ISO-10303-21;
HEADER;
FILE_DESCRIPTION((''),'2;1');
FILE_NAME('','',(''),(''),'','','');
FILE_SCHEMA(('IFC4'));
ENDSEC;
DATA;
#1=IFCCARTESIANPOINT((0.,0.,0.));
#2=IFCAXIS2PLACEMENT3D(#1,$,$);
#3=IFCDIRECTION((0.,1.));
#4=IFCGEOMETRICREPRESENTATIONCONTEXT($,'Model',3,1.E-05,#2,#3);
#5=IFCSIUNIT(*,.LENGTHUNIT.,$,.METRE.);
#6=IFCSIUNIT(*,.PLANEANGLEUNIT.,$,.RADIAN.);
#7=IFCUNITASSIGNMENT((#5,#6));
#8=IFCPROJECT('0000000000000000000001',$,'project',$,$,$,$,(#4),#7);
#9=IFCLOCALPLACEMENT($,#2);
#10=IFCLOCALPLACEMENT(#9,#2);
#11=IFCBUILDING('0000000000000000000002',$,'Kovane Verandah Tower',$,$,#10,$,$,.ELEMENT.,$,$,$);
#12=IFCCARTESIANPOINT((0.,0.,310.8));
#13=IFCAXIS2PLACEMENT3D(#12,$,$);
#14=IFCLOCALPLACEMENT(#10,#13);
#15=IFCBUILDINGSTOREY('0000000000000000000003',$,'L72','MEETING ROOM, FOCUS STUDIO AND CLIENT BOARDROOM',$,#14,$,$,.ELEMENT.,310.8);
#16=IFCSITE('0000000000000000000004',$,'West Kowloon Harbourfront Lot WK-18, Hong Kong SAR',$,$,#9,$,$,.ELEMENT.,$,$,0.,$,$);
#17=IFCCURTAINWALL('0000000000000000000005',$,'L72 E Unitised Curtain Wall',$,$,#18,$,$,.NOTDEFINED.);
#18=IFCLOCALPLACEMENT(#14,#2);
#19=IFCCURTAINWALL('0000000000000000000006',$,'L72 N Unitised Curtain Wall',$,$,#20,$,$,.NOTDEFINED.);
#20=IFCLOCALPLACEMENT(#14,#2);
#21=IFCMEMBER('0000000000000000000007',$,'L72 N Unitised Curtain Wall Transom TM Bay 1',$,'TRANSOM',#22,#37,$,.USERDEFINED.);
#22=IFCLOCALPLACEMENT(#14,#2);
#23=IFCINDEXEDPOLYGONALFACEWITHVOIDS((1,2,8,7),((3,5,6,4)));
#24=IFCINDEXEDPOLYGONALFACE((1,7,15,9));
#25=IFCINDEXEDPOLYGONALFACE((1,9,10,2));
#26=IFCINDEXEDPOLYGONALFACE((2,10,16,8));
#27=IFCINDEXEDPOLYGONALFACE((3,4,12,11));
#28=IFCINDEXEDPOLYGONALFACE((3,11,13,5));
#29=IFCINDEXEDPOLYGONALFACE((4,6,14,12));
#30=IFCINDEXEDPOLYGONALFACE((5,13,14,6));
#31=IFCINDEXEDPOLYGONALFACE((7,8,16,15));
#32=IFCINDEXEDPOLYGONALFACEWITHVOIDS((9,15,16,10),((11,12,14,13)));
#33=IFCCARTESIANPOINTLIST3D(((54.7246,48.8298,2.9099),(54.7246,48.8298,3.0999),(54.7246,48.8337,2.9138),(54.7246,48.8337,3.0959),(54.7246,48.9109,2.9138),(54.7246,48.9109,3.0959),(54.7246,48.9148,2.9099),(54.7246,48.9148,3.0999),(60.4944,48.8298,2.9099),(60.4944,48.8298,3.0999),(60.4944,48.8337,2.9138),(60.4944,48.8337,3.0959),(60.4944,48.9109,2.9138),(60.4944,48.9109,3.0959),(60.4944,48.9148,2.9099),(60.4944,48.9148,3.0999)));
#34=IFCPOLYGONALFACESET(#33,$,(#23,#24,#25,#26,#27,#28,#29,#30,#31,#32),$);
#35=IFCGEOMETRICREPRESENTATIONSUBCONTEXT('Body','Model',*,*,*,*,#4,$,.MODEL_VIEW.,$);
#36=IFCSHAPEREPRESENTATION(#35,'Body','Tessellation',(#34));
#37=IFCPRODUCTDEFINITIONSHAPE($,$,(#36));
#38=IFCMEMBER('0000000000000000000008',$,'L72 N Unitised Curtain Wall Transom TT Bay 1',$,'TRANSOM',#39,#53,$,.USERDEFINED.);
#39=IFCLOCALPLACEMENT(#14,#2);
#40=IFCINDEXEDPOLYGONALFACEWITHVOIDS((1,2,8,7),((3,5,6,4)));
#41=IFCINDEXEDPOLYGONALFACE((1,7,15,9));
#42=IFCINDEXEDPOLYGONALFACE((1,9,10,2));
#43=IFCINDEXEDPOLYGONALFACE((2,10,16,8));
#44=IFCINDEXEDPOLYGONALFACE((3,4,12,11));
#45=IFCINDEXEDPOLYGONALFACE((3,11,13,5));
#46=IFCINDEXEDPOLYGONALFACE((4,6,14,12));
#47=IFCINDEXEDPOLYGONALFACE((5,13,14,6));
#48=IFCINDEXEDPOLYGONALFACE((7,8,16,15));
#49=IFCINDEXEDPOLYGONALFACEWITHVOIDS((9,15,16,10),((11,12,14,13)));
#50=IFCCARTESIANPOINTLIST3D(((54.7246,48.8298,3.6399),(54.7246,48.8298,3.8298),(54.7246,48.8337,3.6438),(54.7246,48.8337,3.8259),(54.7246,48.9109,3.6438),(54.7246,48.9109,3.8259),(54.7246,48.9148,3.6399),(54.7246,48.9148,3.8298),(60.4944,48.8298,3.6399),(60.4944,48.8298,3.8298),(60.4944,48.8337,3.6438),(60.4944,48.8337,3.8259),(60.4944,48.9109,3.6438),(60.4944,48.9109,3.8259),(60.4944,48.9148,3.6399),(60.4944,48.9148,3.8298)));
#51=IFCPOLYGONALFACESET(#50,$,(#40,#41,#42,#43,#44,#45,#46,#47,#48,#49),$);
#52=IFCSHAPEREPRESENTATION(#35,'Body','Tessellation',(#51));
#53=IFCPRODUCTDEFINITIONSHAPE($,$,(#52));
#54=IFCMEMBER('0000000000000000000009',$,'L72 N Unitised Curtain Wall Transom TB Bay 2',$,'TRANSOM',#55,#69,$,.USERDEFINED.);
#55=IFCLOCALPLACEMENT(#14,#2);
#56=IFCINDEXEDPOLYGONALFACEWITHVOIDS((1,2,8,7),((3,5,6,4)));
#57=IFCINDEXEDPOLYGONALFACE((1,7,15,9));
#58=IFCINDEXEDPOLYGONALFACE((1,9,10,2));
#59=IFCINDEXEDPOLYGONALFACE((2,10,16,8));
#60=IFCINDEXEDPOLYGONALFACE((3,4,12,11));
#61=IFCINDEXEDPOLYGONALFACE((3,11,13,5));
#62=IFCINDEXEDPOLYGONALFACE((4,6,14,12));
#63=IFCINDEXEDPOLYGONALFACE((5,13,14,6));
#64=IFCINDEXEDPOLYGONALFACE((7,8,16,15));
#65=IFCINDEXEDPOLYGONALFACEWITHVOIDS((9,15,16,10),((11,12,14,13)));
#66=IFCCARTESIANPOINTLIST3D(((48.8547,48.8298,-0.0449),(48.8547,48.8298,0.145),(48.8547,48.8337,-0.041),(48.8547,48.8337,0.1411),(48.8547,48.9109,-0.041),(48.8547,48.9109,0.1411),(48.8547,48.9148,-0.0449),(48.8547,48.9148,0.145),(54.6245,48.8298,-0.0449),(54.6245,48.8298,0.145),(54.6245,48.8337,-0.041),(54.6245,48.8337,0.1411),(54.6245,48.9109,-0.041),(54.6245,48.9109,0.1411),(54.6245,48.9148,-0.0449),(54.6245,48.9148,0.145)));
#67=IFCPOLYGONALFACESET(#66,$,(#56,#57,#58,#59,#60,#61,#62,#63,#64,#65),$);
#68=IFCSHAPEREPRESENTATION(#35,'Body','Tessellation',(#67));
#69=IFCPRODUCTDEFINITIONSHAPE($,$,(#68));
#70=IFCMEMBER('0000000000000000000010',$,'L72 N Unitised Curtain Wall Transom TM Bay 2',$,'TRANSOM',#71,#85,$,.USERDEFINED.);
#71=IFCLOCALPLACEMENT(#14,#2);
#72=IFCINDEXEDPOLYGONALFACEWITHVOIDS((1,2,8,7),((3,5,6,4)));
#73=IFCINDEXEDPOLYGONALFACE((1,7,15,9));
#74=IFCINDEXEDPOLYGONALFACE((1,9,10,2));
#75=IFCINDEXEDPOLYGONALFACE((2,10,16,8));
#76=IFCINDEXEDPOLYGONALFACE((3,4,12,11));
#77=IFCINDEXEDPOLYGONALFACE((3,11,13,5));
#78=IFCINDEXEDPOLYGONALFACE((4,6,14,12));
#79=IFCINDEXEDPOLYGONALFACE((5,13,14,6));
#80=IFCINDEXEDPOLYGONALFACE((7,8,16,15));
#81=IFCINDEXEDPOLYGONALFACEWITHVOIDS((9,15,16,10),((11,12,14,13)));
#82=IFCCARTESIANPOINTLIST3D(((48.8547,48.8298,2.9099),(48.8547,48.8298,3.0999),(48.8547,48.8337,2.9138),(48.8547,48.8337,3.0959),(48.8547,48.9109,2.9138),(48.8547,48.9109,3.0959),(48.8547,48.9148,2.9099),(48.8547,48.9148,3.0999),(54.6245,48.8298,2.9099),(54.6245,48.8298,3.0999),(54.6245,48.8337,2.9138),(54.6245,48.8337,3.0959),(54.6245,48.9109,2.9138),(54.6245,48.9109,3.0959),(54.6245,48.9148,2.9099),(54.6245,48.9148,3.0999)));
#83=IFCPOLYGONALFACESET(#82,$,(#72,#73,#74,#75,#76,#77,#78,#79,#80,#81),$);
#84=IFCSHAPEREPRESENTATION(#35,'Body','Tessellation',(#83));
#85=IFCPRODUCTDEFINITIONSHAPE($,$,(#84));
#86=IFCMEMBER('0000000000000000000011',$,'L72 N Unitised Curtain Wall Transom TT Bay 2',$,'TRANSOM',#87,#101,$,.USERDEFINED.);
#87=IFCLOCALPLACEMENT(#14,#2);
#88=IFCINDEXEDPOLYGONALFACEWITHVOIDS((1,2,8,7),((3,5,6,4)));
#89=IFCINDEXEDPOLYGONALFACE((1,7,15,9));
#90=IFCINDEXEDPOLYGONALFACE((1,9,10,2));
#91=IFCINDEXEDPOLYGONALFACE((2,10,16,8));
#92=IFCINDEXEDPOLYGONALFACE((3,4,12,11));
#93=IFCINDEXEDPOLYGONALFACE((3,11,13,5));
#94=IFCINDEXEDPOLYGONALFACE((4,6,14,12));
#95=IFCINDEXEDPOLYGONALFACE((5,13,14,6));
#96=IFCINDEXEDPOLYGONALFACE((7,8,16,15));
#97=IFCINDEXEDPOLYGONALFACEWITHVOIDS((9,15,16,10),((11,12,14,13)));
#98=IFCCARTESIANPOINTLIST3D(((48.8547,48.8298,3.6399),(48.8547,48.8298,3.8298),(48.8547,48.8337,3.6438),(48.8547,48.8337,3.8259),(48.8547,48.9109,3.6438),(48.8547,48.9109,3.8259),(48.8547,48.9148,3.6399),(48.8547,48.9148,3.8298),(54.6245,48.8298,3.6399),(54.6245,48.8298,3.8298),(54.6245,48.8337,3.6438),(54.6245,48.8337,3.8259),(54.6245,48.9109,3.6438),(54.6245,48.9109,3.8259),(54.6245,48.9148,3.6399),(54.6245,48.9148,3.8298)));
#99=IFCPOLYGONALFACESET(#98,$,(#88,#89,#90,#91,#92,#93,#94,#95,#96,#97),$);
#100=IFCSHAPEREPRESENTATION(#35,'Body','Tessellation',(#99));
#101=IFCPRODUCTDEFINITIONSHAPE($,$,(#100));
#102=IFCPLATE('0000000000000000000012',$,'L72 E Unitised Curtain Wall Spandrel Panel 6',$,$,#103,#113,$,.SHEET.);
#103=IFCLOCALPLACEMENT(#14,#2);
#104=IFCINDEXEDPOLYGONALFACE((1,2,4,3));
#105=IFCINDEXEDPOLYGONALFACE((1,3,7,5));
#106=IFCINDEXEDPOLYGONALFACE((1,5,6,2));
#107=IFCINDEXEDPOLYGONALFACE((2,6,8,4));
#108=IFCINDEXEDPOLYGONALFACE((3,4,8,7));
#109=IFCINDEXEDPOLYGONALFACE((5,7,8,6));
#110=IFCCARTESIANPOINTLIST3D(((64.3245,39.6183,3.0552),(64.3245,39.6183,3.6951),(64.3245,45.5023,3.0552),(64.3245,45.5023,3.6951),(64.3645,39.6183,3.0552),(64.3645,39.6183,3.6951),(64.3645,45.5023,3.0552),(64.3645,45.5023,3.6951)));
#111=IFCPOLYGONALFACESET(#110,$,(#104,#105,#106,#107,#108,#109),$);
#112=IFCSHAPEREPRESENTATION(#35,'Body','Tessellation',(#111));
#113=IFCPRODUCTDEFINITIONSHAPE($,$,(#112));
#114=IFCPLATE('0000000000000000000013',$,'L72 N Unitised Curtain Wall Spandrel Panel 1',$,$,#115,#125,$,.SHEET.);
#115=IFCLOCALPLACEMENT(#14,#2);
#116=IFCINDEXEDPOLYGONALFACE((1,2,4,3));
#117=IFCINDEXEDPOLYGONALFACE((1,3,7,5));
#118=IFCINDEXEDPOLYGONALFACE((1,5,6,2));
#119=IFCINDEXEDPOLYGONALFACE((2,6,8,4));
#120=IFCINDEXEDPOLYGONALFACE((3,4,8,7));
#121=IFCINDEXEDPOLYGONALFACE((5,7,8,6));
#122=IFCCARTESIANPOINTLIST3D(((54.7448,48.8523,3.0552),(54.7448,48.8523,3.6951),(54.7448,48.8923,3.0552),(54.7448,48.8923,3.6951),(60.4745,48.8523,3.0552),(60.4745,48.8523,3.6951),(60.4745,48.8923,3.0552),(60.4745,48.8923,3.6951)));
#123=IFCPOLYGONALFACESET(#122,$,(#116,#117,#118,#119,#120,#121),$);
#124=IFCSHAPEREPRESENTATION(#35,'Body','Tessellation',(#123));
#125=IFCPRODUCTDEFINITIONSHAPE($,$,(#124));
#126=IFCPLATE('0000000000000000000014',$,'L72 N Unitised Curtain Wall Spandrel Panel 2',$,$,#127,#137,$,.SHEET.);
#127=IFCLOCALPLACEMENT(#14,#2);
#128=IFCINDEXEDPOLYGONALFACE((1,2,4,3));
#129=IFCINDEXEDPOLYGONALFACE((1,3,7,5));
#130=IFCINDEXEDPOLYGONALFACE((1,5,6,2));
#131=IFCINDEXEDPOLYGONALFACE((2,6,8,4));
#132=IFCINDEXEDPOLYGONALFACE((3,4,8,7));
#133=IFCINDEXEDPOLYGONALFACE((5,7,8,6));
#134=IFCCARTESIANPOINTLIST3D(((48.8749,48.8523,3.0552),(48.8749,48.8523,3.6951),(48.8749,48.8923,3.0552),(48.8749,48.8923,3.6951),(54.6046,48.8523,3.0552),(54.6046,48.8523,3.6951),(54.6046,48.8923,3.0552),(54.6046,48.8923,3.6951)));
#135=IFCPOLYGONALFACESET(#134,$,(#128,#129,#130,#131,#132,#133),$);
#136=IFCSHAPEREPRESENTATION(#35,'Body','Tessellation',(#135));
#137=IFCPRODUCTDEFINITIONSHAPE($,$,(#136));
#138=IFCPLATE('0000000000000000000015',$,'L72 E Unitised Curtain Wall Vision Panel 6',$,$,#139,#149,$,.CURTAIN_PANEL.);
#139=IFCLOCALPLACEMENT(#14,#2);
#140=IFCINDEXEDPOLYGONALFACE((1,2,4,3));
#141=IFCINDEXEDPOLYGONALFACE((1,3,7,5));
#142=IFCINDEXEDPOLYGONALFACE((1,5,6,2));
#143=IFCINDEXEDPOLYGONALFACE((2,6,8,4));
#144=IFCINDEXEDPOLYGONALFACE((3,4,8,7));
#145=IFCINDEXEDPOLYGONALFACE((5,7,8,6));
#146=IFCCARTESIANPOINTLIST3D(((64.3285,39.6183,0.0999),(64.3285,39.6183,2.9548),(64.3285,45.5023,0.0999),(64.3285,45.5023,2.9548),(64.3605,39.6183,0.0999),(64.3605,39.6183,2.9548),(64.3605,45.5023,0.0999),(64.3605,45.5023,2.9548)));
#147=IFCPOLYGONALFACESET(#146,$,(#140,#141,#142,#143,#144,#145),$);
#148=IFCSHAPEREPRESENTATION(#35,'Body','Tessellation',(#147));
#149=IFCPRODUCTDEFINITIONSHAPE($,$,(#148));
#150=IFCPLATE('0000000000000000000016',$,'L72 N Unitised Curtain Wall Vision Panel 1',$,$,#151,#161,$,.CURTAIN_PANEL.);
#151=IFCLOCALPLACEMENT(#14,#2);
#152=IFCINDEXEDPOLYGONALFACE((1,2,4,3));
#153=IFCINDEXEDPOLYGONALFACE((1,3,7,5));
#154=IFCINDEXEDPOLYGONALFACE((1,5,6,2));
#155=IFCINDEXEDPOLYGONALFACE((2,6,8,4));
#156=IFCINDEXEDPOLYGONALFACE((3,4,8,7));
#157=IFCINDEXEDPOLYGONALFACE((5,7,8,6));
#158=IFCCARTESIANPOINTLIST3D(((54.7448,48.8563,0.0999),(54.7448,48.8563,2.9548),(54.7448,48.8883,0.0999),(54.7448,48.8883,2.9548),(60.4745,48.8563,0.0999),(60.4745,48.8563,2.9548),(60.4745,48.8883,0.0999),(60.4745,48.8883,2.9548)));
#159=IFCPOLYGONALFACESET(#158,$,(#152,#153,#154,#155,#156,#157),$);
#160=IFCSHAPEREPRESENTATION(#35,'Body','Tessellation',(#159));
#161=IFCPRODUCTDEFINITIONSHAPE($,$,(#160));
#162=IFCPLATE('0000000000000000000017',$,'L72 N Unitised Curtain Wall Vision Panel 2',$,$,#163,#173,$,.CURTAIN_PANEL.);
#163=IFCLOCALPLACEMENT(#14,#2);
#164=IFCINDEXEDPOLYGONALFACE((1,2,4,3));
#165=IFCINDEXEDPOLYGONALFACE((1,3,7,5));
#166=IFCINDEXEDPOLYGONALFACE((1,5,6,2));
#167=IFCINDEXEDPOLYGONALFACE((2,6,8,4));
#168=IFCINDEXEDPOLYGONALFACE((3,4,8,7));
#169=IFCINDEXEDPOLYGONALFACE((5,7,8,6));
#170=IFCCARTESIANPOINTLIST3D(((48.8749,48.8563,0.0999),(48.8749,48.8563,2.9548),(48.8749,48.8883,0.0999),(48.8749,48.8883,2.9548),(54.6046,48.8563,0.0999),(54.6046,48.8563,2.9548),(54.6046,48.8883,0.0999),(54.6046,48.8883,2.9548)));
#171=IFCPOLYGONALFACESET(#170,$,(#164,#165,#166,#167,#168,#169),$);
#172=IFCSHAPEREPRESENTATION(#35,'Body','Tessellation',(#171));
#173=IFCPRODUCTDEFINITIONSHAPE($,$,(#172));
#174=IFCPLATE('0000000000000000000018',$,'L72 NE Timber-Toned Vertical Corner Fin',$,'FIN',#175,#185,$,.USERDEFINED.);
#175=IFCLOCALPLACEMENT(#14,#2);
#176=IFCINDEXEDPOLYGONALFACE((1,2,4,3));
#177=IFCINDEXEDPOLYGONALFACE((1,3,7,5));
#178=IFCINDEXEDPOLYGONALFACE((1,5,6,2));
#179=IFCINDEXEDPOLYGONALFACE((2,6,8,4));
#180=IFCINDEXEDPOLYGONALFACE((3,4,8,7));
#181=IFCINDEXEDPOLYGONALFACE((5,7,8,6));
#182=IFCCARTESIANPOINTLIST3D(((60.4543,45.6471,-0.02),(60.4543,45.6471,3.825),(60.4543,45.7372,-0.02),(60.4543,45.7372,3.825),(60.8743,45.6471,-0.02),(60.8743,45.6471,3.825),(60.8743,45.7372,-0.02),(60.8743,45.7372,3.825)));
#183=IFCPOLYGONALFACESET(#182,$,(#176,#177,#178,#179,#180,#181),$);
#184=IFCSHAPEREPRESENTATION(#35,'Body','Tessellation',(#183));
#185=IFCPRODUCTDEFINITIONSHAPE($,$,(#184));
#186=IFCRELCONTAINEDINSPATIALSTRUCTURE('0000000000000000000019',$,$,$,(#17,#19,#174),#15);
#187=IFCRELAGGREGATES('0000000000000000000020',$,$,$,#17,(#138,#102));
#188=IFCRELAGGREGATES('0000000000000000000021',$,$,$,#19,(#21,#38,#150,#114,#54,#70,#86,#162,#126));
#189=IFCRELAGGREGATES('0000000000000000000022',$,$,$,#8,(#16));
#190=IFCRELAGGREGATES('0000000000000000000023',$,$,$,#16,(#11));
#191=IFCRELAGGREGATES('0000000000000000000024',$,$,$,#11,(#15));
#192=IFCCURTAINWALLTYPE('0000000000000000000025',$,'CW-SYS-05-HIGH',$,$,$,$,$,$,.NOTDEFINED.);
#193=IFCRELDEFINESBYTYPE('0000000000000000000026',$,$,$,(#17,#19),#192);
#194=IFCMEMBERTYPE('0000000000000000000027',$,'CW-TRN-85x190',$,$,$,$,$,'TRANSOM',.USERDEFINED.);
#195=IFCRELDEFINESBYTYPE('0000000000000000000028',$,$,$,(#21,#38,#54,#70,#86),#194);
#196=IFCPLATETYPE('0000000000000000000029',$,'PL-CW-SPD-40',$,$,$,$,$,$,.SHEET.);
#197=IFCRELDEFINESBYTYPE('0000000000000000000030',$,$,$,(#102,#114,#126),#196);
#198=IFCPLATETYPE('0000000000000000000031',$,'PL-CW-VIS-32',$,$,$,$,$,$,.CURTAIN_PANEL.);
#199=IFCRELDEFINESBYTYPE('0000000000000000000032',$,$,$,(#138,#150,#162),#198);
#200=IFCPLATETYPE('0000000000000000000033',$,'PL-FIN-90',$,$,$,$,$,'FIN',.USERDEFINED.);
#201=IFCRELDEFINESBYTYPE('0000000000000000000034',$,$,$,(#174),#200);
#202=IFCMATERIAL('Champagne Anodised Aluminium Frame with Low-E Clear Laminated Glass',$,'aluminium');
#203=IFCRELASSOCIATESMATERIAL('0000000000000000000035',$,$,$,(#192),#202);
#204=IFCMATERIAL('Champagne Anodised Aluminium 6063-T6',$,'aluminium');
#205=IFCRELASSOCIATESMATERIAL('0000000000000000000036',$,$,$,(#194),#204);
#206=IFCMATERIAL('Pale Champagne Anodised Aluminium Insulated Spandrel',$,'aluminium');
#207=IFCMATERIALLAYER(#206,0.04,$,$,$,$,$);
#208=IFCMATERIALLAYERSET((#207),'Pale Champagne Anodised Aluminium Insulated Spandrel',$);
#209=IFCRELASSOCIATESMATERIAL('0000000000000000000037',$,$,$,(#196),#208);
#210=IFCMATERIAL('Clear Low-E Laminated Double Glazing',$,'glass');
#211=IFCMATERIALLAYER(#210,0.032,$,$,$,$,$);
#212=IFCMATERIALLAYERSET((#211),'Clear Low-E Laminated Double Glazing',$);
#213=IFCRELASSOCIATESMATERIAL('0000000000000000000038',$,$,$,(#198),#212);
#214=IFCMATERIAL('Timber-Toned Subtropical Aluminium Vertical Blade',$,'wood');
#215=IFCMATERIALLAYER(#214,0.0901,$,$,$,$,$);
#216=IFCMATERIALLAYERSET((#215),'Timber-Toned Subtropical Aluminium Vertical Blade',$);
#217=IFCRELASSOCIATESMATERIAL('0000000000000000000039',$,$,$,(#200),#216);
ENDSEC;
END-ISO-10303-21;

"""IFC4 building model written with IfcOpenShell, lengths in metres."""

from ifc_helpers import new_model, si_unit, direction, frame, origin, origin_2d, place, context, subcontext, project, spatial, rectangle, hollow_rectangle, extrude, material, layer, layer_set, material_profile, profile_set, type_object, element, aggregate, save


model = new_model("IFC4")

# Units and contexts
model_context = context("Model", 3, precision=1e-05, world=origin(), true_north=direction((0.0, 1.0)))
body_context = subcontext(model_context, "Body", "Model", "MODEL_VIEW")
ifc_project = project(units=[si_unit("LENGTHUNIT", "METRE"), si_unit("PLANEANGLEUNIT", "RADIAN")], contexts=[model_context])

# Site, building, storey
site_placement = place(None, origin())
site = spatial("IfcSite", under=ifc_project, at=site_placement, Name="West Kowloon Harbourfront Lot WK-18, Hong Kong SAR", CompositionType="ELEMENT", RefElevation=0.0)
building_placement = place(site_placement, origin())
building = spatial("IfcBuilding", under=site, at=building_placement, Name="Kovane Verandah Tower", CompositionType="ELEMENT")
storey_placement = place(building_placement, frame((0.0, 0.0, 310.8)))
storey = spatial("IfcBuildingStorey", under=building, at=storey_placement, Name="L72", Description="MEETING ROOM, FOCUS STUDIO AND CLIENT BOARDROOM", CompositionType="ELEMENT", Elevation=310.8)

# Curtain wall
ifc_material_1 = material(Name="Champagne Anodised Aluminium Frame with Low-E Clear Laminated Glass", Category="aluminium")
curtain_wall_type = type_object("IfcCurtainWallType", Name="CW-SYS-05-HIGH", PredefinedType="NOTDEFINED", material=ifc_material_1)
curtain_wall_1_placement = place(storey_placement, origin())
curtain_wall_1 = element("IfcCurtainWall", 1, at=curtain_wall_1_placement, inside=storey, type_object=curtain_wall_type, Name="L72 E Unitised Curtain Wall", PredefinedType="NOTDEFINED")
ifc_material_2 = material(Name="Champagne Anodised Aluminium 6063-T6", Category="aluminium")

# Curtain wall, members
curtain_wall_2_placement = place(storey_placement, origin())
curtain_wall_2 = element("IfcCurtainWall", 2, at=curtain_wall_2_placement, inside=storey, type_object=curtain_wall_type, Name="L72 N Unitised Curtain Wall", PredefinedType="NOTDEFINED")
ifc_material_profile_1 = material_profile(ifc_material_2, hollow_rectangle(XDim=0.085, YDim=0.1899, WallThickness=0.0039, at=origin_2d()), Name="AL85x190x4")
ifc_profile_set_1 = profile_set([ifc_material_profile_1], Name="Champagne Anodised Aluminium 6063-T6")
member_type_1 = type_object("IfcMemberType", Name="CW-TRN-85x190", ElementType="TRANSOM", PredefinedType="USERDEFINED", material=ifc_profile_set_1)
member_1_placement = place(storey_placement, frame((60.4944, 48.8723, 3.0049), z_axis=(-1.0, 0.0, 0.0), x_axis=(0.0, -1.0, 0.0)))
member_1 = element("IfcMember", 3, at=member_1_placement, type_object=member_type_1, Name="L72 N Unitised Curtain Wall Transom TM Bay 1", ObjectType="TRANSOM", PredefinedType="USERDEFINED", context=body_context, shape_type="SweptSolid", body=[
    extrude(hollow_rectangle(XDim=0.085, YDim=0.1899, WallThickness=0.0039, at=origin_2d()), origin(), (0.0, 0.0, 1.0), 5.7698),
])
member_2_placement = place(storey_placement, frame((60.4944, 48.8723, 3.7349), z_axis=(-1.0, 0.0, 0.0), x_axis=(0.0, -1.0, 0.0)))
member_2 = element("IfcMember", 4, at=member_2_placement, type_object=member_type_1, Name="L72 N Unitised Curtain Wall Transom TT Bay 1", ObjectType="TRANSOM", PredefinedType="USERDEFINED", context=body_context, shape_type="SweptSolid", body=[
    extrude(hollow_rectangle(XDim=0.085, YDim=0.1899, WallThickness=0.0039, at=origin_2d()), origin(), (0.0, 0.0, 1.0), 5.7698),
])
member_3_placement = place(storey_placement, frame((54.6245, 48.8723, 0.05), z_axis=(-1.0, 0.0, 0.0), x_axis=(0.0, -1.0, 0.0)))
member_3 = element("IfcMember", 5, at=member_3_placement, type_object=member_type_1, Name="L72 N Unitised Curtain Wall Transom TB Bay 2", ObjectType="TRANSOM", PredefinedType="USERDEFINED", context=body_context, shape_type="SweptSolid", body=[
    extrude(hollow_rectangle(XDim=0.085, YDim=0.1899, WallThickness=0.0039, at=origin_2d()), origin(), (0.0, 0.0, 1.0), 5.7698),
])
member_4_placement = place(storey_placement, frame((54.6245, 48.8723, 3.0049), z_axis=(-1.0, 0.0, 0.0), x_axis=(0.0, -1.0, 0.0)))
member_4 = element("IfcMember", 6, at=member_4_placement, type_object=member_type_1, Name="L72 N Unitised Curtain Wall Transom TM Bay 2", ObjectType="TRANSOM", PredefinedType="USERDEFINED", context=body_context, shape_type="SweptSolid", body=[
    extrude(hollow_rectangle(XDim=0.085, YDim=0.1899, WallThickness=0.0039, at=origin_2d()), origin(), (0.0, 0.0, 1.0), 5.7698),
])
member_5_placement = place(storey_placement, frame((54.6245, 48.8723, 3.7349), z_axis=(-1.0, 0.0, 0.0), x_axis=(0.0, -1.0, 0.0)))
member_5 = element("IfcMember", 7, at=member_5_placement, type_object=member_type_1, Name="L72 N Unitised Curtain Wall Transom TT Bay 2", ObjectType="TRANSOM", PredefinedType="USERDEFINED", context=body_context, shape_type="SweptSolid", body=[
    extrude(hollow_rectangle(XDim=0.085, YDim=0.1899, WallThickness=0.0039, at=origin_2d()), origin(), (0.0, 0.0, 1.0), 5.7698),
])

# Plates
ifc_material_3 = material(Name="Pale Champagne Anodised Aluminium Insulated Spandrel", Category="aluminium")
ifc_layer_1 = layer(ifc_material_3, 0.04)
ifc_layer_set_1 = layer_set([ifc_layer_1], Name="Pale Champagne Anodised Aluminium Insulated Spandrel")
plate_type_1 = type_object("IfcPlateType", Name="PL-CW-SPD-40", PredefinedType="SHEET", material=ifc_layer_set_1)
plate_1_placement = place(storey_placement, frame((64.3445, 42.5603, 3.0552), z_axis=(0.0, 0.0, 1.0), x_axis=(0.0, 1.0, 0.0)))
plate_1 = element("IfcPlate", 8, at=plate_1_placement, type_object=plate_type_1, Name="L72 E Unitised Curtain Wall Spandrel Panel 6", PredefinedType="SHEET", context=body_context, shape_type="SweptSolid", body=[
    extrude(rectangle(XDim=5.884, YDim=0.04, at=origin_2d()), origin(), (0.0, 0.0, 1.0), 0.6399),
])
plate_2_placement = place(storey_placement, frame((57.6096, 48.8723, 3.0552), z_axis=(0.0, 0.0, 1.0), x_axis=(-1.0, 0.0, 0.0)))
plate_2 = element("IfcPlate", 9, at=plate_2_placement, type_object=plate_type_1, Name="L72 N Unitised Curtain Wall Spandrel Panel 1", PredefinedType="SHEET", context=body_context, shape_type="SweptSolid", body=[
    extrude(rectangle(XDim=5.7297, YDim=0.04, at=origin_2d()), origin(), (0.0, 0.0, 1.0), 0.6399),
])
plate_3_placement = place(storey_placement, frame((51.7397, 48.8723, 3.0552), z_axis=(0.0, 0.0, 1.0), x_axis=(-1.0, 0.0, 0.0)))
plate_3 = element("IfcPlate", 10, at=plate_3_placement, type_object=plate_type_1, Name="L72 N Unitised Curtain Wall Spandrel Panel 2", PredefinedType="SHEET", context=body_context, shape_type="SweptSolid", body=[
    extrude(rectangle(XDim=5.7297, YDim=0.04, at=origin_2d()), origin(), (0.0, 0.0, 1.0), 0.6399),
])
ifc_material_4 = material(Name="Clear Low-E Laminated Double Glazing", Category="glass")
ifc_layer_2 = layer(ifc_material_4, 0.032)
ifc_layer_set_2 = layer_set([ifc_layer_2], Name="Clear Low-E Laminated Double Glazing")
plate_type_2 = type_object("IfcPlateType", Name="PL-CW-VIS-32", PredefinedType="CURTAIN_PANEL", material=ifc_layer_set_2)
plate_4_placement = place(storey_placement, frame((64.3445, 42.5603, 0.0999), z_axis=(0.0, 0.0, 1.0), x_axis=(0.0, 1.0, 0.0)))
plate_4 = element("IfcPlate", 11, at=plate_4_placement, type_object=plate_type_2, Name="L72 E Unitised Curtain Wall Vision Panel 6", PredefinedType="CURTAIN_PANEL", context=body_context, shape_type="SweptSolid", body=[
    extrude(rectangle(XDim=5.884, YDim=0.032, at=origin_2d()), origin(), (0.0, 0.0, 1.0), 2.855),
])
aggregate(curtain_wall_1, [plate_4, plate_1])
plate_5_placement = place(storey_placement, frame((57.6096, 48.8723, 0.0999), z_axis=(0.0, 0.0, 1.0), x_axis=(-1.0, 0.0, 0.0)))
plate_5 = element("IfcPlate", 12, at=plate_5_placement, type_object=plate_type_2, Name="L72 N Unitised Curtain Wall Vision Panel 1", PredefinedType="CURTAIN_PANEL", context=body_context, shape_type="SweptSolid", body=[
    extrude(rectangle(XDim=5.7297, YDim=0.032, at=origin_2d()), origin(), (0.0, 0.0, 1.0), 2.855),
])
plate_6_placement = place(storey_placement, frame((51.7397, 48.8723, 0.0999), z_axis=(0.0, 0.0, 1.0), x_axis=(-1.0, 0.0, 0.0)))
plate_6 = element("IfcPlate", 13, at=plate_6_placement, type_object=plate_type_2, Name="L72 N Unitised Curtain Wall Vision Panel 2", PredefinedType="CURTAIN_PANEL", context=body_context, shape_type="SweptSolid", body=[
    extrude(rectangle(XDim=5.7297, YDim=0.032, at=origin_2d()), origin(), (0.0, 0.0, 1.0), 2.855),
])
aggregate(curtain_wall_2, [member_1, member_2, plate_5, plate_2, member_3, member_4, member_5, plate_6, plate_3])
ifc_material_5 = material(Name="Timber-Toned Subtropical Aluminium Vertical Blade", Category="wood")
ifc_layer_3 = layer(ifc_material_5, 0.0901)
ifc_layer_set_3 = layer_set([ifc_layer_3], Name="Timber-Toned Subtropical Aluminium Vertical Blade")
plate_type_3 = type_object("IfcPlateType", Name="PL-FIN-90", ElementType="FIN", PredefinedType="USERDEFINED", material=ifc_layer_set_3)
plate_7_placement = place(storey_placement, frame((60.6643, 45.6921, -0.02), z_axis=(0.0, 0.0, 1.0), x_axis=(1.0, 0.0, 0.0)))
element("IfcPlate", 14, at=plate_7_placement, inside=storey, type_object=plate_type_3, Name="L72 NE Timber-Toned Vertical Corner Fin", ObjectType="FIN", PredefinedType="USERDEFINED", context=body_context, shape_type="SweptSolid", body=[
    extrude(rectangle(XDim=0.4199, YDim=0.0901, at=origin_2d()), origin(), (0.0, 0.0, 1.0), 3.845),
])

save(model, "model.ifc")
